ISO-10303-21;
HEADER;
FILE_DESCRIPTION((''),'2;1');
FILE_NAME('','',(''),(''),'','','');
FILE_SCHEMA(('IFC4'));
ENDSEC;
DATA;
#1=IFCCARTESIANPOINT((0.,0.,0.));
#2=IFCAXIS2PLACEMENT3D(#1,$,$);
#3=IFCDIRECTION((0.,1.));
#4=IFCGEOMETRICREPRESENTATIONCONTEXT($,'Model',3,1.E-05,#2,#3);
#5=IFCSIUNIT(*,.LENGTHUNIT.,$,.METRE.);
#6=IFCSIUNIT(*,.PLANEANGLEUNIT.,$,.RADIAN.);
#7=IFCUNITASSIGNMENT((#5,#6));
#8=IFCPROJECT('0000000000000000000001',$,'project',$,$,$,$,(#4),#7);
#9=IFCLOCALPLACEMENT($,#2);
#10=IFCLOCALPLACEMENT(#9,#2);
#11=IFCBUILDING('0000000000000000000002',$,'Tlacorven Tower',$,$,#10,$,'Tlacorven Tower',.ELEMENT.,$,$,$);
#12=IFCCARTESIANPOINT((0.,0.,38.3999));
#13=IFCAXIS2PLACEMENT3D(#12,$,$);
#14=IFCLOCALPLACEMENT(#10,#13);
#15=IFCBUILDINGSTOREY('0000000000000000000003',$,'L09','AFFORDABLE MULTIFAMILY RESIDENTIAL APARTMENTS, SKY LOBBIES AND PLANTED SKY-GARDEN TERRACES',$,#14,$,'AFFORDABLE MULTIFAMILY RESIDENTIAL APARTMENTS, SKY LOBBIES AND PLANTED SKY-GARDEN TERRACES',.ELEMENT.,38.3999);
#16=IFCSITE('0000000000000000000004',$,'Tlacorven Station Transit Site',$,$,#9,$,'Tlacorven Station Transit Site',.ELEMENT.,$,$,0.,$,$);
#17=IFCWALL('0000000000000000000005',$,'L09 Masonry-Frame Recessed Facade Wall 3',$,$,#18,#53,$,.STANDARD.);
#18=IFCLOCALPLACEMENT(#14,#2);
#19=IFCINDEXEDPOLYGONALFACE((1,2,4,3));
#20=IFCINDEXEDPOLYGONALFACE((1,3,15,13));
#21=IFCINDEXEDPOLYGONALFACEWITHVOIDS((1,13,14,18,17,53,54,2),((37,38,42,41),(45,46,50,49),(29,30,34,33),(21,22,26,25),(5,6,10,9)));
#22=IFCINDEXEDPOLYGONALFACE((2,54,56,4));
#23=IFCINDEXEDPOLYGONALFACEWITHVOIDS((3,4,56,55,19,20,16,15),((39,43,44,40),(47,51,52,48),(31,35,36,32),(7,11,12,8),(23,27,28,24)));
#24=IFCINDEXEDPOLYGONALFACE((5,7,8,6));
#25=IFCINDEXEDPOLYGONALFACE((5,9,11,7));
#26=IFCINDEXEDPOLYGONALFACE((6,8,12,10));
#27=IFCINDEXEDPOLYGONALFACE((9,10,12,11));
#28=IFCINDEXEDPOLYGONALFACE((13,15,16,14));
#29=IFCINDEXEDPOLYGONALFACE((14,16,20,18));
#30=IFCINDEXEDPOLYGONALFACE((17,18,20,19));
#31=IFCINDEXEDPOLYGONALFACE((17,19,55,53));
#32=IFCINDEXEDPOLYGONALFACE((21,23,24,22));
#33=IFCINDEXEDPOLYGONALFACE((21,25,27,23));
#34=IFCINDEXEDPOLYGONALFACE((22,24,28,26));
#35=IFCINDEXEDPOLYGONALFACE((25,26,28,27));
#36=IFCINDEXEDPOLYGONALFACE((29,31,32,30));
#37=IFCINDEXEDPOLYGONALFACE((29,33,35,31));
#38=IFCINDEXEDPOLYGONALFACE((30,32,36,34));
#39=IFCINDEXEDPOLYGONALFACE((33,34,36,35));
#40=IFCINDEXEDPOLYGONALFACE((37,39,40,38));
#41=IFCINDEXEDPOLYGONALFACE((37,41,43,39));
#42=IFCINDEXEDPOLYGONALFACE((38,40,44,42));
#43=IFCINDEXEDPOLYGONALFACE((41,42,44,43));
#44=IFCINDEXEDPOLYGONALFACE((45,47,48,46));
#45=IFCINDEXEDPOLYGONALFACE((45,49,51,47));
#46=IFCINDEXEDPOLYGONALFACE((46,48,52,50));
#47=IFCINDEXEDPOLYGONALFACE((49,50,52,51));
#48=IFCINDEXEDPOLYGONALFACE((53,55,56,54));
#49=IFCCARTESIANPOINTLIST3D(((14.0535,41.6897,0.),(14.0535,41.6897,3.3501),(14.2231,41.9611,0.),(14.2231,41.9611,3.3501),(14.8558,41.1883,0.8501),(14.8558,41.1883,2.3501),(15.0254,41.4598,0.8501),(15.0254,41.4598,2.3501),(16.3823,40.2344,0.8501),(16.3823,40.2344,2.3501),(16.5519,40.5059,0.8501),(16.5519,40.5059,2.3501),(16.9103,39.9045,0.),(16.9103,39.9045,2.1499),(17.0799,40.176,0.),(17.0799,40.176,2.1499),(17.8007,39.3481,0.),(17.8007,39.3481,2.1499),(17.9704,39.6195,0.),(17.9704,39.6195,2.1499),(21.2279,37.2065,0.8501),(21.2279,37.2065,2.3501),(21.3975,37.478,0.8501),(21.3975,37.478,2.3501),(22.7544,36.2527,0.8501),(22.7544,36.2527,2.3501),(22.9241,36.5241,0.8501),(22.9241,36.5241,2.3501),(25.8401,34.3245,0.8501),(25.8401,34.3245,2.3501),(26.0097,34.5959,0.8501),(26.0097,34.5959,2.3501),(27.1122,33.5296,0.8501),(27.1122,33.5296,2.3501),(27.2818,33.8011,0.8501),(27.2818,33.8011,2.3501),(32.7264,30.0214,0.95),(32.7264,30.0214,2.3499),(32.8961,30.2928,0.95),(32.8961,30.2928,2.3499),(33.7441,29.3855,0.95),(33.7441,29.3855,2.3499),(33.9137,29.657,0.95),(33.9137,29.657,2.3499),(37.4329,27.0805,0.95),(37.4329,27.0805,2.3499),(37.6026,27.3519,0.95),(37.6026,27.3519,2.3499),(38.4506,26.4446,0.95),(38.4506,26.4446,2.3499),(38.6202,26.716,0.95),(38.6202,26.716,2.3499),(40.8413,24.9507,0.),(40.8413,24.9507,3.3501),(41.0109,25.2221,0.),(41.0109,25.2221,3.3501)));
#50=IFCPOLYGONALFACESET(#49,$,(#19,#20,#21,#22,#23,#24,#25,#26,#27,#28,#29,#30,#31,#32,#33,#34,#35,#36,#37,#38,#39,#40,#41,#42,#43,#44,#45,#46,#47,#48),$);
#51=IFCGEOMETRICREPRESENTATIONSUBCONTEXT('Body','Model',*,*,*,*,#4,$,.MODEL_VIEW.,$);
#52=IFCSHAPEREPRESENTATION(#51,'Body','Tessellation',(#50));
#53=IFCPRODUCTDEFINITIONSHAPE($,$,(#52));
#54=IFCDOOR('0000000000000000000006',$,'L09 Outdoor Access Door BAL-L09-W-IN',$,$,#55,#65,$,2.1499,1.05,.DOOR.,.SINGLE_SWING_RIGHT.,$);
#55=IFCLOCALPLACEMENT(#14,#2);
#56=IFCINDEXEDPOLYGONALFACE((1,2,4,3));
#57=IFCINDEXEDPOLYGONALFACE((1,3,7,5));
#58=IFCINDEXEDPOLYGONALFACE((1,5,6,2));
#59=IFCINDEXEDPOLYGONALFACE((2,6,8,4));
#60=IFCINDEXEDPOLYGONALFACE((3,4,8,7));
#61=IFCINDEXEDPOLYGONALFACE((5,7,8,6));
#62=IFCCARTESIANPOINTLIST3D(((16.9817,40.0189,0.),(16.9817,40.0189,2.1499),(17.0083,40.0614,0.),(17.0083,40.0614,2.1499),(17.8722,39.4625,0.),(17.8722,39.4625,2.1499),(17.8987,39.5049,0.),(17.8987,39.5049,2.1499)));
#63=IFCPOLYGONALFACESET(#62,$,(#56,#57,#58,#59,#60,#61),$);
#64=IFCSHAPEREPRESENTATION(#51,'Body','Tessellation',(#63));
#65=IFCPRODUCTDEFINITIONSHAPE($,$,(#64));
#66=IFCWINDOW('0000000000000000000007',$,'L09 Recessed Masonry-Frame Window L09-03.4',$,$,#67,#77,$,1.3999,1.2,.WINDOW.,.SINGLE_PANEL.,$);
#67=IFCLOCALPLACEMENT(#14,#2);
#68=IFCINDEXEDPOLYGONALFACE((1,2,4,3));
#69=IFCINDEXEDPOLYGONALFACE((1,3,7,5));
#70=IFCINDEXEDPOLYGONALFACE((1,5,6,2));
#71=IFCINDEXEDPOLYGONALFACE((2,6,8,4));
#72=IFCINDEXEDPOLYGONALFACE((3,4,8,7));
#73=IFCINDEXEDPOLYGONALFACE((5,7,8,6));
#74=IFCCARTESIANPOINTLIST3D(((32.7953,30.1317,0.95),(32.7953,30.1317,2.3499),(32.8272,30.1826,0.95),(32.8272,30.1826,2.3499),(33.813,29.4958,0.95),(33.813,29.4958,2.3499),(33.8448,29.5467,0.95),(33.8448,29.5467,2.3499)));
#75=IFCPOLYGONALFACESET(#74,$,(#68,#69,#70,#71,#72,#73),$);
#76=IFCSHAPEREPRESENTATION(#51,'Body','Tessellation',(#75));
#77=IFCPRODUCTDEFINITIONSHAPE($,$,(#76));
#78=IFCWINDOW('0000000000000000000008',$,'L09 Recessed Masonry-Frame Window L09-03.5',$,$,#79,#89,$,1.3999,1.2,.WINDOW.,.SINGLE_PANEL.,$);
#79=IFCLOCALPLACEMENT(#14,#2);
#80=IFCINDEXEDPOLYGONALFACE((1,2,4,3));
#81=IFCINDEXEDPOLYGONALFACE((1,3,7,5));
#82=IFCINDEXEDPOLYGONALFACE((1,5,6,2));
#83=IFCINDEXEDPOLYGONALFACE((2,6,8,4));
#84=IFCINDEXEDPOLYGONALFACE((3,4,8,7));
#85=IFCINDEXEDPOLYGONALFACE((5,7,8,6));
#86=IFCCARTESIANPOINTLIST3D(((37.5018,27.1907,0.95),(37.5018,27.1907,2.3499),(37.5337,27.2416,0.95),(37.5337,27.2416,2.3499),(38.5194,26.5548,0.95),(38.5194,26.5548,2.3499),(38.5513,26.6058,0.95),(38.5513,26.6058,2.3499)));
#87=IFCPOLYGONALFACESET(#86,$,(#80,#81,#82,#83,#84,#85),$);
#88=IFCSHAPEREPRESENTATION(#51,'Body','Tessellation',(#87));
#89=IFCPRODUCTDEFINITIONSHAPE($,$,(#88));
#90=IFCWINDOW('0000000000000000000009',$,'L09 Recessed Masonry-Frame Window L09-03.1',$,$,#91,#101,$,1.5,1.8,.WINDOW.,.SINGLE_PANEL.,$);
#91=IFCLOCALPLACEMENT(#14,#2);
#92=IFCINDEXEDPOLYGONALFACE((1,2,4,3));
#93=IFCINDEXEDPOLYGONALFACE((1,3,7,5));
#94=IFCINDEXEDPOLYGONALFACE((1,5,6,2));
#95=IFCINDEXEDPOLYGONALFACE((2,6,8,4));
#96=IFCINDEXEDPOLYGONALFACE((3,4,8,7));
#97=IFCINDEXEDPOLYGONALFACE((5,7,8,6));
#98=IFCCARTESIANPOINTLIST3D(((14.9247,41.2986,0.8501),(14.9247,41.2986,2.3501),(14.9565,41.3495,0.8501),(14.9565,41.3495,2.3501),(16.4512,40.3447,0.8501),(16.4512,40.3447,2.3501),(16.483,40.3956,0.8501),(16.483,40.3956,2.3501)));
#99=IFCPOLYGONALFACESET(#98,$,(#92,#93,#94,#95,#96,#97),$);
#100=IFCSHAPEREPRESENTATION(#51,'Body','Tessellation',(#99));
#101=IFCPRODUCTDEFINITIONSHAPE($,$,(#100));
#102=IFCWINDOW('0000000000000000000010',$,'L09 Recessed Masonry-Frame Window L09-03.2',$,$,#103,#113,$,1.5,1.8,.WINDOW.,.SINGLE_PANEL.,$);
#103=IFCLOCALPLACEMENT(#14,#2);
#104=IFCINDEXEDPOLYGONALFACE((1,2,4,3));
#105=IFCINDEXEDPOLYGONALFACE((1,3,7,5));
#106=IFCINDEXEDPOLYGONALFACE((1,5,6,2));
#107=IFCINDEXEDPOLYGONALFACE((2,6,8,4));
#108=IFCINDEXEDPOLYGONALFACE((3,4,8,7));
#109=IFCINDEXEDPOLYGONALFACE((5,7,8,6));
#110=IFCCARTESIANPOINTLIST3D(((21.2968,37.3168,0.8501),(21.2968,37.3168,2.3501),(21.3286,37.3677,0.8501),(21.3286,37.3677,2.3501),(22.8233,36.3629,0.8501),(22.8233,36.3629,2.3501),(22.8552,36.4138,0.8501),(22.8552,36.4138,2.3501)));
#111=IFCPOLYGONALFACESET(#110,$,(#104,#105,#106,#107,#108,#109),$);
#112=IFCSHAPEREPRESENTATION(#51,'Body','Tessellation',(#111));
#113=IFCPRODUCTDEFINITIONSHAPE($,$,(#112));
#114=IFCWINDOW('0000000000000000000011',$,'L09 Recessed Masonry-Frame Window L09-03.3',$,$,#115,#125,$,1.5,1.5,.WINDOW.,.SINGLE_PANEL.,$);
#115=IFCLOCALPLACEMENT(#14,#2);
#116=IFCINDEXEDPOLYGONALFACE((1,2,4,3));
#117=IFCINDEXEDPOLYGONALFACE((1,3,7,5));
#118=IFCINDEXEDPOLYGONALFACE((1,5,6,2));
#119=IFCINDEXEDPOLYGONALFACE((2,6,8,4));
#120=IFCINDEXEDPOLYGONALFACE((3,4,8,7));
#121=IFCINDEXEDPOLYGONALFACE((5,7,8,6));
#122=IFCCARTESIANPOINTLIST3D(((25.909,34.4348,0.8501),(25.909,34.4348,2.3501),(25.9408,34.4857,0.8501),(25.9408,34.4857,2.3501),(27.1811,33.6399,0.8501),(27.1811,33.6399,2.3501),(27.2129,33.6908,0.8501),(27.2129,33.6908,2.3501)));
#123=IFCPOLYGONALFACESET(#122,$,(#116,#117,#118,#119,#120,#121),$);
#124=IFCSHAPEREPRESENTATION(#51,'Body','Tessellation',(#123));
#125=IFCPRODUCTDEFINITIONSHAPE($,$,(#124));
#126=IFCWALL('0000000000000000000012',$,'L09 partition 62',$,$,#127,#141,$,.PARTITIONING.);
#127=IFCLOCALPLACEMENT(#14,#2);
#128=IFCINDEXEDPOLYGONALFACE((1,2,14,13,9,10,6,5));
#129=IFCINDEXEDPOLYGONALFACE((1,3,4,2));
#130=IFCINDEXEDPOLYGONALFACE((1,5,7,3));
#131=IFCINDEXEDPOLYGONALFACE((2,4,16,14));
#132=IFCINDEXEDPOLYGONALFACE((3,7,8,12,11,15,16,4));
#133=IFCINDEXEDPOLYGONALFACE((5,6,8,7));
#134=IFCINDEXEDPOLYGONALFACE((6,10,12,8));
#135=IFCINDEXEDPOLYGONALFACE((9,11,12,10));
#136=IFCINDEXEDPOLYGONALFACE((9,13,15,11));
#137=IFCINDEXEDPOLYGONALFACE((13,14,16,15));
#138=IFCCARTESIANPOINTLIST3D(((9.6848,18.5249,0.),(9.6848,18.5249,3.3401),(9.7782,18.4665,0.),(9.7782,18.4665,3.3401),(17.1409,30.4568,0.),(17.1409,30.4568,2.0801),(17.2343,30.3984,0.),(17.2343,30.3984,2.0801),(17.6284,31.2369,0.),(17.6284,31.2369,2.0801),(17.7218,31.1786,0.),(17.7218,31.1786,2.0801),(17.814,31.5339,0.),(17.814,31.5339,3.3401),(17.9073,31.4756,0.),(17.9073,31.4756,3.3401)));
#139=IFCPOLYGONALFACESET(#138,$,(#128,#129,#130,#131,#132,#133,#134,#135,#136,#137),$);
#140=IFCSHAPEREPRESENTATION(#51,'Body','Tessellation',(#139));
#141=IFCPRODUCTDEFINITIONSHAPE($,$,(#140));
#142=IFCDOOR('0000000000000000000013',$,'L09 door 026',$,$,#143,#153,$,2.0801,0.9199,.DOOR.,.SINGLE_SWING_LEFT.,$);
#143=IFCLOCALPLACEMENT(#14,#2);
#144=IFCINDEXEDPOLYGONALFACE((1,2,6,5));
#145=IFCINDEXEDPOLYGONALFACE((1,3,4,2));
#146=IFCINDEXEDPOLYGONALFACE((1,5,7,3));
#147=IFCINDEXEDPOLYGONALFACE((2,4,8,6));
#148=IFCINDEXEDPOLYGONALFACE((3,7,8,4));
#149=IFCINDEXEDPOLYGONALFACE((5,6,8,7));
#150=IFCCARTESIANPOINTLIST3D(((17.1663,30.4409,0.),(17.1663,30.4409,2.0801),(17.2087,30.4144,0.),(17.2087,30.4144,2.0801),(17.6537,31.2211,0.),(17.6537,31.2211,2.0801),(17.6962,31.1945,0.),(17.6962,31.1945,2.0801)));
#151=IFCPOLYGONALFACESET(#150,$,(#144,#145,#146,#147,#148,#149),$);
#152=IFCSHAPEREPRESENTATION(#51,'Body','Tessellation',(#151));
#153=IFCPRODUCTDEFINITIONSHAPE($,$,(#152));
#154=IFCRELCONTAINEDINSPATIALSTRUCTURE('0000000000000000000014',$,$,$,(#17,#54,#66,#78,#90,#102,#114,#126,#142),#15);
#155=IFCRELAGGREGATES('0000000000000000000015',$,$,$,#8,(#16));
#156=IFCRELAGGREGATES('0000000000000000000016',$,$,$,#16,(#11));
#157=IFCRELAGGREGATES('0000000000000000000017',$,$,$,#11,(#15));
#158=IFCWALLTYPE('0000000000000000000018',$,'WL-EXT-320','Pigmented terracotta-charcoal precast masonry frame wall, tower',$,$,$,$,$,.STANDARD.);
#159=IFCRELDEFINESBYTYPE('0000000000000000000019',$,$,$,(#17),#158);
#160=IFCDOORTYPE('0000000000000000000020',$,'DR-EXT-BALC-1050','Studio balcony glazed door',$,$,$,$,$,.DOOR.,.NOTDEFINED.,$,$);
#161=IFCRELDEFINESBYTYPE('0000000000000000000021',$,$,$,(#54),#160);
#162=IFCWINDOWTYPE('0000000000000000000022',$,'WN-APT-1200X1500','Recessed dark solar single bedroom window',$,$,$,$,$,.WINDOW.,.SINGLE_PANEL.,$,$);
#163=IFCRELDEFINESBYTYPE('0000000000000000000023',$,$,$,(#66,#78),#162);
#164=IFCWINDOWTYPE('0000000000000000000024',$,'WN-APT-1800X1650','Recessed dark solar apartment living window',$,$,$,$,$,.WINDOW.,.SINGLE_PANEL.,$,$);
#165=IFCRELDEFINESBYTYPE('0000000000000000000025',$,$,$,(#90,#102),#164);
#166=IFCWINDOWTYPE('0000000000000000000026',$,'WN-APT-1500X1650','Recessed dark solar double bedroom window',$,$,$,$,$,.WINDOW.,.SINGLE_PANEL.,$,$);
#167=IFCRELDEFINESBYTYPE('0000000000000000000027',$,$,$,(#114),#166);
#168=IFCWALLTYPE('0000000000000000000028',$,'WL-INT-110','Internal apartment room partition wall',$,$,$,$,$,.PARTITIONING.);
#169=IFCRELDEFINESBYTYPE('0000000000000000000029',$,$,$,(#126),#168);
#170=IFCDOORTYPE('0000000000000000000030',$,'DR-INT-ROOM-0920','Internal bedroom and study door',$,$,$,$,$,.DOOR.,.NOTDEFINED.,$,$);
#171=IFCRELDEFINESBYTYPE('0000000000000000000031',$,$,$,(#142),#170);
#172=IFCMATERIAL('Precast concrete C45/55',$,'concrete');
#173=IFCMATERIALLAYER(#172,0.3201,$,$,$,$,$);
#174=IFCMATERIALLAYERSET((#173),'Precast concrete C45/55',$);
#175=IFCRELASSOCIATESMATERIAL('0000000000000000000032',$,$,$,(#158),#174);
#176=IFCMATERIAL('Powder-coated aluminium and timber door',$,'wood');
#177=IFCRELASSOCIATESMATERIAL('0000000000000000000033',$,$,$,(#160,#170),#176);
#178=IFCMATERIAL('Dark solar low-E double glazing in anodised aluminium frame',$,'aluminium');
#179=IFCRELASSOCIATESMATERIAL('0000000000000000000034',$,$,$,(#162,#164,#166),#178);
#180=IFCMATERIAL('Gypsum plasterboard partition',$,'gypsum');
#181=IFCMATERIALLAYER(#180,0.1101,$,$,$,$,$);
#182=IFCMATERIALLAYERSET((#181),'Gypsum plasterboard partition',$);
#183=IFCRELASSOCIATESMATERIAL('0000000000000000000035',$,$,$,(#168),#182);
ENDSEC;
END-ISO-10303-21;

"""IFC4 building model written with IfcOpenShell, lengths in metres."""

from ifc_helpers import new_model, si_unit, direction, frame, frame_2d, origin, place, context, subcontext, project, spatial, rectangle, extrude, source, transform, mapped, material, layer, layer_set, type_object, element, fill, save


model = new_model("IFC4")

# Units and contexts
model_context = context("Model", 3, precision=1e-05, world=origin(), true_north=direction((0.0, 1.0)))
body_context = subcontext(model_context, "Body", "Model", "MODEL_VIEW")
ifc_project = project(units=[si_unit("LENGTHUNIT", "METRE"), si_unit("PLANEANGLEUNIT", "RADIAN")], contexts=[model_context])

# Site, building, storey
site_placement = place(None, origin())
site = spatial("IfcSite", under=ifc_project, at=site_placement, Name="Tlacorven Station Transit Site", LongName="Tlacorven Station Transit Site", CompositionType="ELEMENT", RefElevation=0.0)
building_placement = place(site_placement, origin())
building = spatial("IfcBuilding", under=site, at=building_placement, Name="Tlacorven Tower", LongName="Tlacorven Tower", CompositionType="ELEMENT")
storey_placement = place(building_placement, frame((0.0, 0.0, 38.3999)))
storey = spatial("IfcBuildingStorey", under=building, at=storey_placement, Name="L09", Description="AFFORDABLE MULTIFAMILY RESIDENTIAL APARTMENTS, SKY LOBBIES AND PLANTED SKY-GARDEN TERRACES", LongName="AFFORDABLE MULTIFAMILY RESIDENTIAL APARTMENTS, SKY LOBBIES AND PLANTED SKY-GARDEN TERRACES", CompositionType="ELEMENT", Elevation=38.3999)

# Wall, openings, door, windows
ifc_material_1 = material(Name="Precast concrete C45/55", Category="concrete")
ifc_layer_1 = layer(ifc_material_1, 0.3201)
ifc_layer_set_1 = layer_set([ifc_layer_1], Name="Precast concrete C45/55")
wall_type_1 = type_object("IfcWallType", Name="WL-EXT-320", Description="Pigmented terracotta-charcoal precast masonry frame wall, tower", PredefinedType="STANDARD", material=ifc_layer_set_1)
wall_1_placement = place(storey_placement, frame((14.1382, 41.8254, 0.0), z_axis=(0.0, 0.0, 1.0), x_axis=(0.848046, -0.529922, 0.0)))
wall_1 = element("IfcWall", 1, at=wall_1_placement, inside=storey, type_object=wall_type_1, Name="L09 Masonry-Frame Recessed Facade Wall 3", PredefinedType="STANDARD", context=body_context, shape_type="SweptSolid", body=[
    extrude(rectangle(XDim=31.5876, YDim=0.3201, at=frame_2d((15.7939, 0.0))), origin(), (0.0, 0.0, 1.0), 3.3501),
])
opening_1_placement = place(wall_1_placement, frame((3.3689, 0.0, 0.0)))
opening_1 = element("IfcOpeningElement", 2, at=opening_1_placement, cuts=wall_1, PredefinedType="OPENING", context=body_context, shape_type="SweptSolid", body=[
    extrude(rectangle(XDim=1.05, YDim=2.1499, at=frame_2d((0.5249, 1.075))), frame((0.0, 0.1699, 0.0), z_axis=(0.0, -1.0, 0.0), x_axis=(1.0, 0.0, 0.0)), (0.0, 0.0, 1.0), 0.3401),
])
opening_2_placement = place(wall_1_placement, frame((0.9463, 0.0, 0.8501)))
opening_2 = element("IfcOpeningElement", 3, at=opening_2_placement, cuts=wall_1, PredefinedType="OPENING", context=body_context, shape_type="SweptSolid", body=[
    extrude(rectangle(XDim=1.8, YDim=1.5, at=frame_2d((0.8999, 0.75))), frame((0.0, 0.1699, 0.0), z_axis=(0.0, -1.0, 0.0), x_axis=(1.0, 0.0, 0.0)), (0.0, 0.0, 1.0), 0.3401),
])
opening_3_placement = place(wall_1_placement, frame((8.4602, 0.0, 0.8501)))
opening_3 = element("IfcOpeningElement", 4, at=opening_3_placement, cuts=wall_1, PredefinedType="OPENING", context=body_context, shape_type="SweptSolid", body=[
    extrude(rectangle(XDim=1.8, YDim=1.5, at=frame_2d((0.8999, 0.75))), frame((0.0, 0.1699, 0.0), z_axis=(0.0, -1.0, 0.0), x_axis=(1.0, 0.0, 0.0)), (0.0, 0.0, 1.0), 0.3401),
])
opening_4_placement = place(wall_1_placement, frame((13.8987, 0.0, 0.8501)))
opening_4 = element("IfcOpeningElement", 5, at=opening_4_placement, cuts=wall_1, PredefinedType="OPENING", context=body_context, shape_type="SweptSolid", body=[
    extrude(rectangle(XDim=1.5, YDim=1.5, at=frame_2d((0.75, 0.75))), frame((0.0, 0.1699, 0.0), z_axis=(0.0, -1.0, 0.0), x_axis=(1.0, 0.0, 0.0)), (0.0, 0.0, 1.0), 0.3401),
])
opening_5_placement = place(wall_1_placement, frame((22.0188, 0.0, 0.95)))
opening_5 = element("IfcOpeningElement", 6, at=opening_5_placement, cuts=wall_1, PredefinedType="OPENING", context=body_context, shape_type="SweptSolid", body=[
    extrude(rectangle(XDim=1.2, YDim=1.3999, at=frame_2d((0.6001, 0.7))), frame((0.0, 0.1699, 0.0), z_axis=(0.0, -1.0, 0.0), x_axis=(1.0, 0.0, 0.0)), (0.0, 0.0, 1.0), 0.3401),
])
opening_6_placement = place(wall_1_placement, frame((27.5686, 0.0, 0.95)))
opening_6 = element("IfcOpeningElement", 7, at=opening_6_placement, cuts=wall_1, PredefinedType="OPENING", context=body_context, shape_type="SweptSolid", body=[
    extrude(rectangle(XDim=1.2, YDim=1.3999, at=frame_2d((0.6001, 0.7))), frame((0.0, 0.1699, 0.0), z_axis=(0.0, -1.0, 0.0), x_axis=(1.0, 0.0, 0.0)), (0.0, 0.0, 1.0), 0.3401),
])
ifc_material_2 = material(Name="Powder-coated aluminium and timber door", Category="wood")
door_type_1 = type_object("IfcDoorType", Name="DR-EXT-BALC-1050", Description="Studio balcony glazed door", OperationType="NOTDEFINED", PredefinedType="DOOR", material=ifc_material_2)
shared_shape_1 = source(origin(), body_context, "Body", "SweptSolid", [
    extrude(rectangle(XDim=1.05, YDim=2.1499, at=frame_2d((0.5249, 1.075))), frame((0.0, 0.0249, 0.0), z_axis=(0.0, -1.0, 0.0), x_axis=(1.0, 0.0, 0.0)), (0.0, 0.0, 1.0), 0.05),
])
door_1_placement = place(opening_1_placement, origin())
door_1 = element("IfcDoor", 8, at=door_1_placement, inside=storey, type_object=door_type_1, Name="L09 Outdoor Access Door BAL-L09-W-IN", OperationType="SINGLE_SWING_RIGHT", OverallHeight=2.1499, OverallWidth=1.05, PredefinedType="DOOR", context=body_context, shape_type="MappedRepresentation", body=[
    mapped(shared_shape_1, transform((0.0, 0.0, 0.0), scale=1.0)),
])
fill(opening_1, door_1)
ifc_material_3 = material(Name="Dark solar low-E double glazing in anodised aluminium frame", Category="aluminium")
window_type_1 = type_object("IfcWindowType", Name="WN-APT-1200X1500", Description="Recessed dark solar single bedroom window", PartitioningType="SINGLE_PANEL", PredefinedType="WINDOW", material=ifc_material_3)
shared_shape_2 = source(origin(), body_context, "Body", "SweptSolid", [
    extrude(rectangle(XDim=1.2, YDim=1.3999, at=frame_2d((0.6001, 0.7))), frame((0.0, 0.03, 0.0), z_axis=(0.0, -1.0, 0.0), x_axis=(1.0, 0.0, 0.0)), (0.0, 0.0, 1.0), 0.0601),
])
window_1_placement = place(opening_5_placement, origin())
window_1 = element("IfcWindow", 9, at=window_1_placement, inside=storey, type_object=window_type_1, Name="L09 Recessed Masonry-Frame Window L09-03.4", OverallHeight=1.3999, OverallWidth=1.2, PartitioningType="SINGLE_PANEL", PredefinedType="WINDOW", context=body_context, shape_type="MappedRepresentation", body=[
    mapped(shared_shape_2, transform((0.0, 0.0, 0.0), scale=1.0)),
])
fill(opening_5, window_1)
window_2_placement = place(opening_6_placement, origin())
window_2 = element("IfcWindow", 10, at=window_2_placement, inside=storey, type_object=window_type_1, Name="L09 Recessed Masonry-Frame Window L09-03.5", OverallHeight=1.3999, OverallWidth=1.2, PartitioningType="SINGLE_PANEL", PredefinedType="WINDOW", context=body_context, shape_type="MappedRepresentation", body=[
    mapped(shared_shape_2, transform((0.0, 0.0, 0.0), scale=1.0)),
])
fill(opening_6, window_2)
window_type_2 = type_object("IfcWindowType", Name="WN-APT-1800X1650", Description="Recessed dark solar apartment living window", PartitioningType="SINGLE_PANEL", PredefinedType="WINDOW", material=ifc_material_3)
shared_shape_3 = source(origin(), body_context, "Body", "SweptSolid", [
    extrude(rectangle(XDim=1.8, YDim=1.5, at=frame_2d((0.8999, 0.75))), frame((0.0, 0.03, 0.0), z_axis=(0.0, -1.0, 0.0), x_axis=(1.0, 0.0, 0.0)), (0.0, 0.0, 1.0), 0.0601),
])
window_3_placement = place(opening_2_placement, origin())
window_3 = element("IfcWindow", 11, at=window_3_placement, inside=storey, type_object=window_type_2, Name="L09 Recessed Masonry-Frame Window L09-03.1", OverallHeight=1.5, OverallWidth=1.8, PartitioningType="SINGLE_PANEL", PredefinedType="WINDOW", context=body_context, shape_type="MappedRepresentation", body=[
    mapped(shared_shape_3, transform((0.0, 0.0, 0.0), scale=1.0)),
])
fill(opening_2, window_3)
window_4_placement = place(opening_3_placement, origin())
window_4 = element("IfcWindow", 12, at=window_4_placement, inside=storey, type_object=window_type_2, Name="L09 Recessed Masonry-Frame Window L09-03.2", OverallHeight=1.5, OverallWidth=1.8, PartitioningType="SINGLE_PANEL", PredefinedType="WINDOW", context=body_context, shape_type="MappedRepresentation", body=[
    mapped(shared_shape_3, transform((0.0, 0.0, 0.0), scale=1.0)),
])
fill(opening_3, window_4)
window_type_3 = type_object("IfcWindowType", Name="WN-APT-1500X1650", Description="Recessed dark solar double bedroom window", PartitioningType="SINGLE_PANEL", PredefinedType="WINDOW", material=ifc_material_3)
shared_shape_4 = source(origin(), body_context, "Body", "SweptSolid", [
    extrude(rectangle(XDim=1.5, YDim=1.5, at=frame_2d((0.75, 0.75))), frame((0.0, 0.03, 0.0), z_axis=(0.0, -1.0, 0.0), x_axis=(1.0, 0.0, 0.0)), (0.0, 0.0, 1.0), 0.0601),
])
window_5_placement = place(opening_4_placement, origin())
window_5 = element("IfcWindow", 13, at=window_5_placement, inside=storey, type_object=window_type_3, Name="L09 Recessed Masonry-Frame Window L09-03.3", OverallHeight=1.5, OverallWidth=1.5, PartitioningType="SINGLE_PANEL", PredefinedType="WINDOW", context=body_context, shape_type="MappedRepresentation", body=[
    mapped(shared_shape_4, transform((0.0, 0.0, 0.0), scale=1.0)),
])
fill(opening_4, window_5)

# Wall, opening, door
ifc_material_4 = material(Name="Gypsum plasterboard partition", Category="gypsum")
ifc_layer_2 = layer(ifc_material_4, 0.1101)
ifc_layer_set_2 = layer_set([ifc_layer_2], Name="Gypsum plasterboard partition")
wall_type_2 = type_object("IfcWallType", Name="WL-INT-110", Description="Internal apartment room partition wall", PredefinedType="PARTITIONING", material=ifc_layer_set_2)
wall_2_placement = place(storey_placement, frame((17.8606, 31.5046, 0.0), z_axis=(0.0, 0.0, 1.0), x_axis=(-0.529929, -0.848042, 0.0)))
wall_2 = element("IfcWall", 14, at=wall_2_placement, inside=storey, type_object=wall_type_2, Name="L09 partition 62", PredefinedType="PARTITIONING", context=body_context, shape_type="SweptSolid", body=[
    extrude(rectangle(XDim=15.3401, YDim=0.1101, at=frame_2d((7.6699, 0.0))), origin(), (0.0, 0.0, 1.0), 3.3401),
])
opening_7_placement = place(wall_2_placement, frame((0.3501, 0.0, 0.0)))
opening_7 = element("IfcOpeningElement", 15, at=opening_7_placement, cuts=wall_2, PredefinedType="OPENING", context=body_context, shape_type="SweptSolid", body=[
    extrude(rectangle(XDim=0.9199, YDim=2.0801, at=frame_2d((0.46, 1.04))), frame((0.0, 0.0649, 0.0), z_axis=(0.0, -1.0, 0.0), x_axis=(1.0, 0.0, 0.0)), (0.0, 0.0, 1.0), 0.1301),
])
door_type_2 = type_object("IfcDoorType", Name="DR-INT-ROOM-0920", Description="Internal bedroom and study door", OperationType="NOTDEFINED", PredefinedType="DOOR", material=ifc_material_2)
shared_shape_5 = source(origin(), body_context, "Body", "SweptSolid", [
    extrude(rectangle(XDim=0.9199, YDim=2.0801, at=frame_2d((0.46, 1.04))), frame((0.0, 0.0249, 0.0), z_axis=(0.0, -1.0, 0.0), x_axis=(1.0, 0.0, 0.0)), (0.0, 0.0, 1.0), 0.05),
])
door_2_placement = place(opening_7_placement, origin())
door_2 = element("IfcDoor", 16, at=door_2_placement, inside=storey, type_object=door_type_2, Name="L09 door 026", OperationType="SINGLE_SWING_LEFT", OverallHeight=2.0801, OverallWidth=0.9199, PredefinedType="DOOR", context=body_context, shape_type="MappedRepresentation", body=[
    mapped(shared_shape_5, transform((0.0, 0.0, 0.0), scale=1.0)),
])
fill(opening_7, door_2)

save(model, "model.ifc")
